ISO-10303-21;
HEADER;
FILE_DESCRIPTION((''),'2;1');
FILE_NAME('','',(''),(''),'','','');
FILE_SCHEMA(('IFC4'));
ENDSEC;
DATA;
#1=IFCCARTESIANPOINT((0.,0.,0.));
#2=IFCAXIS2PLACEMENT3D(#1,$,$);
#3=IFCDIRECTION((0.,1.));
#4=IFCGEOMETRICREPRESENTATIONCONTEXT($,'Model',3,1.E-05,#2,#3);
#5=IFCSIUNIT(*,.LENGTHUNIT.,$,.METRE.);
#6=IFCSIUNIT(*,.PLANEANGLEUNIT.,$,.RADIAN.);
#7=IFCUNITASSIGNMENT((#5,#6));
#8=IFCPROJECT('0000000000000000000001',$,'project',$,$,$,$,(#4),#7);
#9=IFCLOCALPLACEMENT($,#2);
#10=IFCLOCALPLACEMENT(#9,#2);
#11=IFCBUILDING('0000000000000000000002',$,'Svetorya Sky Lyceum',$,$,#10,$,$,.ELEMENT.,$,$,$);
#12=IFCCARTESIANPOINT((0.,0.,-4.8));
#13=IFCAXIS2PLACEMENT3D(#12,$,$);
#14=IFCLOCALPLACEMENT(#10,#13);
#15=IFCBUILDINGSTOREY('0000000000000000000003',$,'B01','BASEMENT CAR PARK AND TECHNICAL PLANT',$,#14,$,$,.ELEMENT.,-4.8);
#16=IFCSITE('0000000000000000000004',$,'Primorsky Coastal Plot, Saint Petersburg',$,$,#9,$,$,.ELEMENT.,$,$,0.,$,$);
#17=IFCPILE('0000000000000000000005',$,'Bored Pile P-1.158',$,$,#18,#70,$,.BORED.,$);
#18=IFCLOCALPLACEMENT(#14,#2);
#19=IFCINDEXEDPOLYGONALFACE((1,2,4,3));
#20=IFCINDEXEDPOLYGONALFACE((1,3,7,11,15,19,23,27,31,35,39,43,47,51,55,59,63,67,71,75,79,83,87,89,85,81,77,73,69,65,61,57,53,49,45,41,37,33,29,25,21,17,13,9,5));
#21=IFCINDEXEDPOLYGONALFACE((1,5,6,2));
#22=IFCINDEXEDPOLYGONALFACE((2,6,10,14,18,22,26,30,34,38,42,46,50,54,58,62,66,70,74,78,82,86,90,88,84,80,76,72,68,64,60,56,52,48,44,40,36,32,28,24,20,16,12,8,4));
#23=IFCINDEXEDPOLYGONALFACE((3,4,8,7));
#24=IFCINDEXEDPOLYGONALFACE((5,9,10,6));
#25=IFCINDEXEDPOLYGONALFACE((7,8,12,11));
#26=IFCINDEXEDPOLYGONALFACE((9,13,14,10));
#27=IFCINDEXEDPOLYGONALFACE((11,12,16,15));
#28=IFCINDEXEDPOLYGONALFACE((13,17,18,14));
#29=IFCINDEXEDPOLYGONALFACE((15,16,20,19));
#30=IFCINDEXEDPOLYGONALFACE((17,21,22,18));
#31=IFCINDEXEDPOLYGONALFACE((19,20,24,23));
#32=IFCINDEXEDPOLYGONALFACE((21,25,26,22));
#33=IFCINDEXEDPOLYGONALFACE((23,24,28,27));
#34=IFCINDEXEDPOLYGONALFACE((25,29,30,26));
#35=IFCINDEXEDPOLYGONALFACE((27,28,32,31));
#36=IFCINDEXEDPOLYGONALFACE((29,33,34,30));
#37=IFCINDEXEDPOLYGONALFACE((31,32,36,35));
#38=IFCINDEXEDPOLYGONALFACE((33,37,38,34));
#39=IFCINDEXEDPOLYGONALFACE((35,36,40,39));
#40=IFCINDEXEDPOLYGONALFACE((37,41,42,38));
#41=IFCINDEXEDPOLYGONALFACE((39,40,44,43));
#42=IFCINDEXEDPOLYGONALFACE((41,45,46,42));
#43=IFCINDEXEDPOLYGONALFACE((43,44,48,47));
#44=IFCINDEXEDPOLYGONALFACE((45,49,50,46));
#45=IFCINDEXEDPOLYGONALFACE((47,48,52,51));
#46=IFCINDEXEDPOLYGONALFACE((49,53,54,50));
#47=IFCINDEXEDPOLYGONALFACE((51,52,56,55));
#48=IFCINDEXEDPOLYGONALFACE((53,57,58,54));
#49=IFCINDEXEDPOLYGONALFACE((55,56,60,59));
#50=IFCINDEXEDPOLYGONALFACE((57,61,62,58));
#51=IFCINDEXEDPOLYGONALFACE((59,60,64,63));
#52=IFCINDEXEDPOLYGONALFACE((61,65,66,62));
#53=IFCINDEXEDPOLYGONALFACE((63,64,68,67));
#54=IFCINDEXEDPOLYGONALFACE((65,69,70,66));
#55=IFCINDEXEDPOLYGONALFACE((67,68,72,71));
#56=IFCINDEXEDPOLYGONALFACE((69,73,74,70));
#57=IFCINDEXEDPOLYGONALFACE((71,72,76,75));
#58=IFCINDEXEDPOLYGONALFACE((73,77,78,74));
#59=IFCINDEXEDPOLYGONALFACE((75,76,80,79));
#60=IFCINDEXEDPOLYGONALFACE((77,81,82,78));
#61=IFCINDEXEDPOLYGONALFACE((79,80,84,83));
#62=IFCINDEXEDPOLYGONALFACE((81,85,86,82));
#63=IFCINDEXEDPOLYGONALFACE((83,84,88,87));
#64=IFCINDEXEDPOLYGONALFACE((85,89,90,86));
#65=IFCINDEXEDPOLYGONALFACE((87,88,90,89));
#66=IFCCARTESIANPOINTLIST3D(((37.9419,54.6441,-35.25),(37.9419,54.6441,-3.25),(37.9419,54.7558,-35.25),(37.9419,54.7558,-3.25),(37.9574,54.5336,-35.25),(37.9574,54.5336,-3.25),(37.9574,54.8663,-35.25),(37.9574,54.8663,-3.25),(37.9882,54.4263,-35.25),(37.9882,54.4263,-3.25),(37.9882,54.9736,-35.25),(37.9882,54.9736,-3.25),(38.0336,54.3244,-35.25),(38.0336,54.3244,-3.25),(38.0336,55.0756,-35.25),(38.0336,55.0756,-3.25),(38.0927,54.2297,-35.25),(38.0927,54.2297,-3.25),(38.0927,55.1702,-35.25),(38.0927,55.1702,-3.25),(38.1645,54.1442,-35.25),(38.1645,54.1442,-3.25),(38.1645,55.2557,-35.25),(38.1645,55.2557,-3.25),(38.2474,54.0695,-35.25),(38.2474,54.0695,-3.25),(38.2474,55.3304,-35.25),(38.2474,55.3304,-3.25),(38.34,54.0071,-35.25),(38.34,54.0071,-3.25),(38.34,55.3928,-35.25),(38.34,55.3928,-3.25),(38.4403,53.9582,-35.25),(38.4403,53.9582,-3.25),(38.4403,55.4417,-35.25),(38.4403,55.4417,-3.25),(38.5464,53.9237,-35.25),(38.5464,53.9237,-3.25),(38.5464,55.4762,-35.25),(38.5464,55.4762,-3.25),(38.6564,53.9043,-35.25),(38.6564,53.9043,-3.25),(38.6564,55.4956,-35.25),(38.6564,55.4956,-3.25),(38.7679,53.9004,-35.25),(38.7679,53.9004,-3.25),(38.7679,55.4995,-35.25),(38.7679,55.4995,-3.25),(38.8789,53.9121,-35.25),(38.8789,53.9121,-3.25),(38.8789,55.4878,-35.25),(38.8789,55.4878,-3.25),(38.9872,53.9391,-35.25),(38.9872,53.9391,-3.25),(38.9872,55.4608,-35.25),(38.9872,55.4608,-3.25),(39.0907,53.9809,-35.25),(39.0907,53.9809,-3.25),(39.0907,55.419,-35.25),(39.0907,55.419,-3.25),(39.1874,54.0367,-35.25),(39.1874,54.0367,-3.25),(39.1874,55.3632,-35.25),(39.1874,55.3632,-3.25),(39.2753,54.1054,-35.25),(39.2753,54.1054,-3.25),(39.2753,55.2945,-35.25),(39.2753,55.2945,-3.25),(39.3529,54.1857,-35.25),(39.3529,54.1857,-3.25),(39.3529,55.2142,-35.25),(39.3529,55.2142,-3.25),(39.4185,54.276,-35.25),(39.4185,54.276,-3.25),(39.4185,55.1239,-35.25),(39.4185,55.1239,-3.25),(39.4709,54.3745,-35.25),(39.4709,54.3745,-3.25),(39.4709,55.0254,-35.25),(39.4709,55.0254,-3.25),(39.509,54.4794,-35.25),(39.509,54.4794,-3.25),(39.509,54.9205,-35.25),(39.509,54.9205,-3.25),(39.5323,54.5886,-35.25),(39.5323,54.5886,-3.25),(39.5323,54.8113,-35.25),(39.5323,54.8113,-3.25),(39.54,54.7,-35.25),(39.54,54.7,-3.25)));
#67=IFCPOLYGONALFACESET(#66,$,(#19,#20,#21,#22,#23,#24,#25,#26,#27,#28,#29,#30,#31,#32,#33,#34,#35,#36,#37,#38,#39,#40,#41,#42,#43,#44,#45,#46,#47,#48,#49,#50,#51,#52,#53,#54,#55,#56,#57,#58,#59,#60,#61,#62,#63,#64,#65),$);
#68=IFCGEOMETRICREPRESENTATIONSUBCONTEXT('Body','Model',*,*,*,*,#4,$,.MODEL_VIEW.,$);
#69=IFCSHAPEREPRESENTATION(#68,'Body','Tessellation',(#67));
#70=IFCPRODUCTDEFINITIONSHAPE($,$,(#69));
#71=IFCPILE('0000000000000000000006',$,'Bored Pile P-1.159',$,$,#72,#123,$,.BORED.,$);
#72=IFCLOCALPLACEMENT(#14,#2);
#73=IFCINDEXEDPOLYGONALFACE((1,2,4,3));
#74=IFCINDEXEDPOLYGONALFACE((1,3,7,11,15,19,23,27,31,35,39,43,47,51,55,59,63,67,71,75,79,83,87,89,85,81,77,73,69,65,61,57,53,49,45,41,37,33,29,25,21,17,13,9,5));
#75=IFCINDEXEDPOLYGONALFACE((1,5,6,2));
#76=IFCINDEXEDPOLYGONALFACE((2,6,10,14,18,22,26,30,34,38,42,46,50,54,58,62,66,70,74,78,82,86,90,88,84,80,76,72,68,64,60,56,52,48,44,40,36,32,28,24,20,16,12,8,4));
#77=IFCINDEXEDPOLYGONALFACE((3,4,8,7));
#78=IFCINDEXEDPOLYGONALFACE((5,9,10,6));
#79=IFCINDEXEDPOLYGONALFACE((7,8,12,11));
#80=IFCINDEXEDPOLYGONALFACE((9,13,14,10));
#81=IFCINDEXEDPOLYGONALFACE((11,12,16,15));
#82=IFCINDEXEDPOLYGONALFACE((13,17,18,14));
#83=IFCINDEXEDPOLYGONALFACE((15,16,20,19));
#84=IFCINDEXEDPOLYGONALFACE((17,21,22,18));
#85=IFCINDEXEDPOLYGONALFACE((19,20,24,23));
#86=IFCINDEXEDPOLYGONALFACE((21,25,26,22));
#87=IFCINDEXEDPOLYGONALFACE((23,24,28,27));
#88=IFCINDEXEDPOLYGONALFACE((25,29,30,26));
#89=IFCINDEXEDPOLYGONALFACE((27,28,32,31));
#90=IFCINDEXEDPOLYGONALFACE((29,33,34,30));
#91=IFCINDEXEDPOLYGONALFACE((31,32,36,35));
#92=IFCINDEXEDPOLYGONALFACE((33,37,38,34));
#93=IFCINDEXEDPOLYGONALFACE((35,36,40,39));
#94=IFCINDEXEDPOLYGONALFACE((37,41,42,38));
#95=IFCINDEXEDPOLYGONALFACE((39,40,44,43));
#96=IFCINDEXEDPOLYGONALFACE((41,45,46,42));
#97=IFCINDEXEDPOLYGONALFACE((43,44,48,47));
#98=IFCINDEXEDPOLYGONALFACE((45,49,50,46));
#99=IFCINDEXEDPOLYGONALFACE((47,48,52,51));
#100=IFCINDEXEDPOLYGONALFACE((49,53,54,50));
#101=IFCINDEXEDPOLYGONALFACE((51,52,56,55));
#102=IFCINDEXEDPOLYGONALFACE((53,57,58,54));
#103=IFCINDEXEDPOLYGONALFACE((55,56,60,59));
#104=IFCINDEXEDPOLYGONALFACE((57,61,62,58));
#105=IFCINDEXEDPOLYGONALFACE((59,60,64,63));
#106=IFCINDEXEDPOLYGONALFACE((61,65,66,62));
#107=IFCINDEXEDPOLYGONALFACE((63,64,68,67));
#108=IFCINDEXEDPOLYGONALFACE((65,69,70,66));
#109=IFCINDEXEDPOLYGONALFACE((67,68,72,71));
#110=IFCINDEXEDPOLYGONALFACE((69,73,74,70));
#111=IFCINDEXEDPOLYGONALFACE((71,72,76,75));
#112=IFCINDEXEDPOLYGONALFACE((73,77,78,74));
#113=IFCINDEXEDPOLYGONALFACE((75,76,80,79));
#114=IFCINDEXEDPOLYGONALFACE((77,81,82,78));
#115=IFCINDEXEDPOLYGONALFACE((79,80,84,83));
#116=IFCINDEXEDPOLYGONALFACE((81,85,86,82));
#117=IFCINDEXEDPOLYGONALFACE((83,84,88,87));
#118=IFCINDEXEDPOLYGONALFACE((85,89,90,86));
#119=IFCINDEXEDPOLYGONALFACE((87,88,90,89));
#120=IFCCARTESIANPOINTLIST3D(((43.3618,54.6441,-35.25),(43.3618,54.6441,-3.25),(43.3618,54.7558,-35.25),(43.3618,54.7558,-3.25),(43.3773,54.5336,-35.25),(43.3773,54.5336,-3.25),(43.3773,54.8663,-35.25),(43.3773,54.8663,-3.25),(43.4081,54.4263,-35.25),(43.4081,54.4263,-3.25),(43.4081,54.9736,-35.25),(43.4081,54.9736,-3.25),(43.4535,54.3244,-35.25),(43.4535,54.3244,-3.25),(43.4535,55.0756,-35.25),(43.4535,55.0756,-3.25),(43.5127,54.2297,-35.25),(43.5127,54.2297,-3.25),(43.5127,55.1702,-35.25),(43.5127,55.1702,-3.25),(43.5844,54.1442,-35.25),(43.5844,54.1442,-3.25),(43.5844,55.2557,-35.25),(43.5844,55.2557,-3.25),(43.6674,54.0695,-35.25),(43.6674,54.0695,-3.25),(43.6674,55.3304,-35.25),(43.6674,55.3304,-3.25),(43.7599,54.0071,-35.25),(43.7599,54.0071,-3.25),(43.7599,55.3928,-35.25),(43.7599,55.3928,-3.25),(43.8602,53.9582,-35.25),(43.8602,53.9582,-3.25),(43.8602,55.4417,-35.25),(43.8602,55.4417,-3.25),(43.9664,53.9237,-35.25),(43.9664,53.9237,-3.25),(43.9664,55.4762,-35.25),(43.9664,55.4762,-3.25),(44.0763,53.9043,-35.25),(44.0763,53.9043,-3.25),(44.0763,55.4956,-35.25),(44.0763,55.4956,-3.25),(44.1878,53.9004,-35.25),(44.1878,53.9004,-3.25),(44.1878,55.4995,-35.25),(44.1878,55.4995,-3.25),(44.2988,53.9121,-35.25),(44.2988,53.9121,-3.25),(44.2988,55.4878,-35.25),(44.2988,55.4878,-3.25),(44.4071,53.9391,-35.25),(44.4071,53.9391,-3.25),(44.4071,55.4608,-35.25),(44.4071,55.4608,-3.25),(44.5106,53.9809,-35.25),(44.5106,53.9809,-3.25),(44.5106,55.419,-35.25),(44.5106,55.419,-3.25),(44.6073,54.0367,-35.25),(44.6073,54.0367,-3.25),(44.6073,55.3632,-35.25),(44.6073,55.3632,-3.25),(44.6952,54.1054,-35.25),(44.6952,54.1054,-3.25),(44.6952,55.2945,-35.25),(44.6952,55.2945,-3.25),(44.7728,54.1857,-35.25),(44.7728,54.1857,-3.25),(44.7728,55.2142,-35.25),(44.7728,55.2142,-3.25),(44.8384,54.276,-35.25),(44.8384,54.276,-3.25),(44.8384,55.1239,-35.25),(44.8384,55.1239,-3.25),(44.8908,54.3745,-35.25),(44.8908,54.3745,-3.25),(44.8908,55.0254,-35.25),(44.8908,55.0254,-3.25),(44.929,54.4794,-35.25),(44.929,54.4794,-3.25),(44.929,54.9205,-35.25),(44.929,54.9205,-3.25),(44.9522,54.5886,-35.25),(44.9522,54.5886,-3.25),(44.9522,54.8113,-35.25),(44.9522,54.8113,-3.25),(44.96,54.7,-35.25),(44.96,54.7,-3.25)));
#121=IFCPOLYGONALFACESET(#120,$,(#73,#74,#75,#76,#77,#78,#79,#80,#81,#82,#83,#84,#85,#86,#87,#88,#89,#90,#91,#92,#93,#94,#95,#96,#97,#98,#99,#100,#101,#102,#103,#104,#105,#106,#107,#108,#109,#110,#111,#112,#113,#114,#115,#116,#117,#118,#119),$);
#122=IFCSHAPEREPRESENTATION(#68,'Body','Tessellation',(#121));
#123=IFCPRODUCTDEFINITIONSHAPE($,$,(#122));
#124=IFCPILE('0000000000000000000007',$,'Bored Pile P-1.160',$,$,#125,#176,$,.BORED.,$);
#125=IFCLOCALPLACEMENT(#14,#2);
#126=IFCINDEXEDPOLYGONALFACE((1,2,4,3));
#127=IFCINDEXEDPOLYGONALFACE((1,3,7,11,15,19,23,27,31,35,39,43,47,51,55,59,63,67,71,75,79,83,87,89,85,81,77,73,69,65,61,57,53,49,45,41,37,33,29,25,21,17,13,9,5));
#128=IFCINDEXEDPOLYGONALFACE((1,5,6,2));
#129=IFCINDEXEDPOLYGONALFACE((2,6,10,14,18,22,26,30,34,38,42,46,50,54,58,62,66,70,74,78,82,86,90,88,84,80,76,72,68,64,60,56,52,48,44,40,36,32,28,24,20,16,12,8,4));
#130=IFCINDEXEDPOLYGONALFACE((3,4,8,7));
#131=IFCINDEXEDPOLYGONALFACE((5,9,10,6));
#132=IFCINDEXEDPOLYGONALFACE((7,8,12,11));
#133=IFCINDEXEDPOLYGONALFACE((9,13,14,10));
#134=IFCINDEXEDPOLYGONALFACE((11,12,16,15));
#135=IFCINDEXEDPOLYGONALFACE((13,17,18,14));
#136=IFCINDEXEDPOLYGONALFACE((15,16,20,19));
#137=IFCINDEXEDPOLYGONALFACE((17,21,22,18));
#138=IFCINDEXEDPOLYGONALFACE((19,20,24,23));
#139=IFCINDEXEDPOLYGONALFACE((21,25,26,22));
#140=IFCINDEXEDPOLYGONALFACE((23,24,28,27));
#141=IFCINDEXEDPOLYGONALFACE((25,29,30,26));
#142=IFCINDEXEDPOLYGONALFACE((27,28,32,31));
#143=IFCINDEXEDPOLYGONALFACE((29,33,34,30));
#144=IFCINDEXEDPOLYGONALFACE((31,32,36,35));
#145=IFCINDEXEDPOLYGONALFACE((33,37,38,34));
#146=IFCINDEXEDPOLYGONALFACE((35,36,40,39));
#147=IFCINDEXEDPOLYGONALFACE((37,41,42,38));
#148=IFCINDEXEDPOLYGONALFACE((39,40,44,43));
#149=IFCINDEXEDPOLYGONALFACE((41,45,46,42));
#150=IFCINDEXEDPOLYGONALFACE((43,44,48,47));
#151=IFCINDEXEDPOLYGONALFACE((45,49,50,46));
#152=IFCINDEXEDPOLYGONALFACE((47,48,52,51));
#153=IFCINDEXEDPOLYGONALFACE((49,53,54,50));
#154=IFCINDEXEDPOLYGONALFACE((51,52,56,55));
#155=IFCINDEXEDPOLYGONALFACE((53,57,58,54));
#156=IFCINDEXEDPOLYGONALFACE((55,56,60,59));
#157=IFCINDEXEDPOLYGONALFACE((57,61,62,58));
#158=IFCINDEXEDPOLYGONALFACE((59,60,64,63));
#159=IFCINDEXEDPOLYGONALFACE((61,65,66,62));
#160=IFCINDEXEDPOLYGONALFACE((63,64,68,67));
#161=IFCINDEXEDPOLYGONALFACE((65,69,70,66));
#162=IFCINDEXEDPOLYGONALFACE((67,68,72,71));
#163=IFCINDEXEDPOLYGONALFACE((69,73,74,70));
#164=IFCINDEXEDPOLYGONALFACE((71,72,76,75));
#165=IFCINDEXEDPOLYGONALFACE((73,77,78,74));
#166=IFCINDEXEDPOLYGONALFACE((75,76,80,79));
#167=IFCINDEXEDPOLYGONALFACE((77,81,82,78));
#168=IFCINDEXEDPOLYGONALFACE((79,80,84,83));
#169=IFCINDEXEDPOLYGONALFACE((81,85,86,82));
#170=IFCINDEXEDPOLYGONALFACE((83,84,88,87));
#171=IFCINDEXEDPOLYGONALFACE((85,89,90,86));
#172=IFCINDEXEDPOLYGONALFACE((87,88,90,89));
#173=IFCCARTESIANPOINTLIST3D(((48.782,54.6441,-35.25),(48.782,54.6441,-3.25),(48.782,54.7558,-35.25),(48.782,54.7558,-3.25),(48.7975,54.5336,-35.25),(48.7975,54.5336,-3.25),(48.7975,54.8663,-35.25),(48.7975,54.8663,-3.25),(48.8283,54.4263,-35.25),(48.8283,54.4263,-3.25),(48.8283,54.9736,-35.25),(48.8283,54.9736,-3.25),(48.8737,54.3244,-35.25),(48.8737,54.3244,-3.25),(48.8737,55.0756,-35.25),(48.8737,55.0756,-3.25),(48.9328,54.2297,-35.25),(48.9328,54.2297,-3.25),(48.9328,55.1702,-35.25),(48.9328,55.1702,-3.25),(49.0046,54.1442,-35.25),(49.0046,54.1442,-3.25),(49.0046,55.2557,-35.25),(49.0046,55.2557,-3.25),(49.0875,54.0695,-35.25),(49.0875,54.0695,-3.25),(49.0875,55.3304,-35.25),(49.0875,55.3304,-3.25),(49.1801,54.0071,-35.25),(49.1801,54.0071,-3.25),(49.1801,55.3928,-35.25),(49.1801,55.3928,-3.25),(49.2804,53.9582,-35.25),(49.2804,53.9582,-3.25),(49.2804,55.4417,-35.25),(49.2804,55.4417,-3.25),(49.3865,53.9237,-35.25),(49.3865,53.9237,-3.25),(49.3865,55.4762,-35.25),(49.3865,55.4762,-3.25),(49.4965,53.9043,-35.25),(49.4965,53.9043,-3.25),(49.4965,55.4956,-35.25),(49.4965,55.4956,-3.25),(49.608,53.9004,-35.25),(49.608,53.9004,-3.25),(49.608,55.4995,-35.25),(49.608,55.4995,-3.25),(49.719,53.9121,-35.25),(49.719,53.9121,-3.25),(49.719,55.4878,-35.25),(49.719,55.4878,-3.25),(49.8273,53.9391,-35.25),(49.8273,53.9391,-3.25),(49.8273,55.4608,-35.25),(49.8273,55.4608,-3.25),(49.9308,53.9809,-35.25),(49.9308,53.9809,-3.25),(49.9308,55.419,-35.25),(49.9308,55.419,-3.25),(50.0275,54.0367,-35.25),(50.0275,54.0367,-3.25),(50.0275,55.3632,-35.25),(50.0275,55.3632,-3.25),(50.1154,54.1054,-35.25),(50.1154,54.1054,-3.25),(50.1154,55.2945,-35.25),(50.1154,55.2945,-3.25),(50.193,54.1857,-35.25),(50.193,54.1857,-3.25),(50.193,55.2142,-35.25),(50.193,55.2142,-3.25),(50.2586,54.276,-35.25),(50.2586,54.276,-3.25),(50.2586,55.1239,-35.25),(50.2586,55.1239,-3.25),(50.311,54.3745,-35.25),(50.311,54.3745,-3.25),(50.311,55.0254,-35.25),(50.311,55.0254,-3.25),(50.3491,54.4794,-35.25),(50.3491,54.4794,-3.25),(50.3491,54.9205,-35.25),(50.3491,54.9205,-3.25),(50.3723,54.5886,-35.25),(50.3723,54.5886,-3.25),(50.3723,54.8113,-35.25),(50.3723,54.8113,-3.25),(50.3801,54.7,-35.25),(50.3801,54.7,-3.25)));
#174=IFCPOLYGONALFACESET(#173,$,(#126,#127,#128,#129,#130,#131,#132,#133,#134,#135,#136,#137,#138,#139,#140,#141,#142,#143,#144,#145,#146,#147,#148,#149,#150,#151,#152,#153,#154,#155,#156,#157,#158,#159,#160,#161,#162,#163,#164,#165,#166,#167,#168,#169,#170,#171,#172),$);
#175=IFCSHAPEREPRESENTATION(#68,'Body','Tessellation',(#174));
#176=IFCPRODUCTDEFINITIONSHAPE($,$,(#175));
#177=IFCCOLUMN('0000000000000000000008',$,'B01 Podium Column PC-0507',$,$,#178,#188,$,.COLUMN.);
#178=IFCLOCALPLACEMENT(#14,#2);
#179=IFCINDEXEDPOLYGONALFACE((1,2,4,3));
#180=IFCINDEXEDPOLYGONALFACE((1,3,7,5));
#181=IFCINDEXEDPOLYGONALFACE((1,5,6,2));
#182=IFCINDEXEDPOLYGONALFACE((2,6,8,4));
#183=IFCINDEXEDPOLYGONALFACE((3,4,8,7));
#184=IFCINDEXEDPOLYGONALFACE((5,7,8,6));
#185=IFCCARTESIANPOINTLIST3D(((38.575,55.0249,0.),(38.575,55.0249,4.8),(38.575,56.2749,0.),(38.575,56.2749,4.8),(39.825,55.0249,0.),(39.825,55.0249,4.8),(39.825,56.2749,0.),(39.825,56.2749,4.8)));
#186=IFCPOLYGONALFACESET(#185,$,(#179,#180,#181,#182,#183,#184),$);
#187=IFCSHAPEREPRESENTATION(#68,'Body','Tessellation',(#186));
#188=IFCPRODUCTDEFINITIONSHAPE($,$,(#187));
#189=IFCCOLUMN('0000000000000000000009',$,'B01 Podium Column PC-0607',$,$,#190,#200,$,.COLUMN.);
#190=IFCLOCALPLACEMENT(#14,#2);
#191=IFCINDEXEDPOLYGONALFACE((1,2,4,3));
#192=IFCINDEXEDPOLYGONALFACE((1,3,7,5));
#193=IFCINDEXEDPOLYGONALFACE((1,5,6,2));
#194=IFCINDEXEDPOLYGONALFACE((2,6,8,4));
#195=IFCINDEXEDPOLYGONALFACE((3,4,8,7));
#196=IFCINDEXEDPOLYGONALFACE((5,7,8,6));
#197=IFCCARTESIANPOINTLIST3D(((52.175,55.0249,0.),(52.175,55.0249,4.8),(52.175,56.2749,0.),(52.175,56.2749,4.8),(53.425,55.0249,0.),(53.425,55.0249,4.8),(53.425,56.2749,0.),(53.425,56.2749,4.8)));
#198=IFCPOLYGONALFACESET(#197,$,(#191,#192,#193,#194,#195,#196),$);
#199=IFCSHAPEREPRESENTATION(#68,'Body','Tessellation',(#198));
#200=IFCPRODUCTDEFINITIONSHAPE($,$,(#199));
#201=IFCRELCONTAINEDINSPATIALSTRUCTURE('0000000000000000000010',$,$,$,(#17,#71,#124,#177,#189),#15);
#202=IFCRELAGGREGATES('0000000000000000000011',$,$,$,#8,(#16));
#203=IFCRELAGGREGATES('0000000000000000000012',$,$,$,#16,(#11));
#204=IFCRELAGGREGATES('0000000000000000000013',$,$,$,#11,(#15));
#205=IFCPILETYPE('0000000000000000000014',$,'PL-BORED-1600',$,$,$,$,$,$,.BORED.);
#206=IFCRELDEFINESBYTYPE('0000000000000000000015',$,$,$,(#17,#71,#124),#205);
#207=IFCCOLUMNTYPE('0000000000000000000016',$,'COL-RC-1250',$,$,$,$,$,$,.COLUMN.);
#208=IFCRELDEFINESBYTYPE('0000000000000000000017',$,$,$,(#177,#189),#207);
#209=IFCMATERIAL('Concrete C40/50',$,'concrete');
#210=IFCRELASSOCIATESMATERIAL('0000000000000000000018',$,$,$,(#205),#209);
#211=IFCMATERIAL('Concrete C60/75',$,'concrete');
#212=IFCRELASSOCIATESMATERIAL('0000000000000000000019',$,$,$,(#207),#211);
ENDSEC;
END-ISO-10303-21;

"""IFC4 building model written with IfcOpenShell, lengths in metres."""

from ifc_helpers import new_model, si_unit, direction, frame, origin, origin_2d, place, context, subcontext, project, spatial, rectangle, circle, extrude, material, material_profile, profile_set, type_object, element, save


model = new_model("IFC4")

# Units and contexts
model_context = context("Model", 3, precision=1e-05, world=origin(), true_north=direction((0.0, 1.0)))
body_context = subcontext(model_context, "Body", "Model", "MODEL_VIEW")
ifc_project = project(units=[si_unit("LENGTHUNIT", "METRE"), si_unit("PLANEANGLEUNIT", "RADIAN")], contexts=[model_context])

# Site, building, storey
site_placement = place(None, origin())
site = spatial("IfcSite", under=ifc_project, at=site_placement, Name="Primorsky Coastal Plot, Saint Petersburg", CompositionType="ELEMENT", RefElevation=0.0)
building_placement = place(site_placement, origin())
building = spatial("IfcBuilding", under=site, at=building_placement, Name="Svetorya Sky Lyceum", CompositionType="ELEMENT")
storey_placement = place(building_placement, frame((0.0, 0.0, -4.8)))
storey = spatial("IfcBuildingStorey", under=building, at=storey_placement, Name="B01", Description="BASEMENT CAR PARK AND TECHNICAL PLANT", CompositionType="ELEMENT", Elevation=-4.8)

# Piles
ifc_material_1 = material(Name="Concrete C40/50", Category="concrete")
ifc_material_profile_1 = material_profile(ifc_material_1, circle(Radius=0.8, at=origin_2d()), Name="RC PILE D1600")
ifc_profile_set_1 = profile_set([ifc_material_profile_1], Name="Concrete C40/50")
pile_type = type_object("IfcPileType", Name="PL-BORED-1600", PredefinedType="BORED", material=ifc_profile_set_1)
for number, where, z_axis, x_axis, name in (
    (1, (38.74, 54.7, -3.25), (0.0, 0.0, -1.0), (1.0, 0.0, 0.0), "Bored Pile P-1.158"),
    (2, (44.1599, 54.7, -3.25), (0.0, 0.0, -1.0), (1.0, 0.0, 0.0), "Bored Pile P-1.159"),
    (3, (49.5801, 54.7, -3.25), (0.0, 0.0, -1.0), (1.0, 0.0, 0.0), "Bored Pile P-1.160"),
):
    element("IfcPile", number, at=place(storey_placement, frame(where, z_axis=z_axis, x_axis=x_axis)), inside=storey, type_object=pile_type, Name=name, PredefinedType="BORED", context=body_context, shape_type="SweptSolid", body=[
        extrude(circle(Radius=0.8, at=origin_2d()), origin(), (0.0, 0.0, 1.0), 32.0),
    ])

# Columns
ifc_material_2 = material(Name="Concrete C60/75", Category="concrete")
ifc_material_profile_2 = material_profile(ifc_material_2, rectangle(XDim=1.25, YDim=1.25, at=origin_2d()), Name="RC COL 1250x1250")
ifc_profile_set_2 = profile_set([ifc_material_profile_2], Name="Concrete C60/75")
column_type_1 = type_object("IfcColumnType", Name="COL-RC-1250", PredefinedType="COLUMN", material=ifc_profile_set_2)
for number, where, z_axis, x_axis, name in (
    (4, (39.2, 55.6499, 0.0), (0.0, 0.0, 1.0), (1.0, 0.0, 0.0), "B01 Podium Column PC-0507"),
    (5, (52.8, 55.6499, 0.0), (0.0, 0.0, 1.0), (1.0, 0.0, 0.0), "B01 Podium Column PC-0607"),
):
    element("IfcColumn", number, at=place(storey_placement, frame(where, z_axis=z_axis, x_axis=x_axis)), inside=storey, type_object=column_type_1, Name=name, PredefinedType="COLUMN", context=body_context, shape_type="SweptSolid", body=[
        extrude(rectangle(XDim=1.25, YDim=1.25, at=origin_2d()), origin(), (0.0, 0.0, 1.0), 4.8),
    ])

save(model, "model.ifc")
